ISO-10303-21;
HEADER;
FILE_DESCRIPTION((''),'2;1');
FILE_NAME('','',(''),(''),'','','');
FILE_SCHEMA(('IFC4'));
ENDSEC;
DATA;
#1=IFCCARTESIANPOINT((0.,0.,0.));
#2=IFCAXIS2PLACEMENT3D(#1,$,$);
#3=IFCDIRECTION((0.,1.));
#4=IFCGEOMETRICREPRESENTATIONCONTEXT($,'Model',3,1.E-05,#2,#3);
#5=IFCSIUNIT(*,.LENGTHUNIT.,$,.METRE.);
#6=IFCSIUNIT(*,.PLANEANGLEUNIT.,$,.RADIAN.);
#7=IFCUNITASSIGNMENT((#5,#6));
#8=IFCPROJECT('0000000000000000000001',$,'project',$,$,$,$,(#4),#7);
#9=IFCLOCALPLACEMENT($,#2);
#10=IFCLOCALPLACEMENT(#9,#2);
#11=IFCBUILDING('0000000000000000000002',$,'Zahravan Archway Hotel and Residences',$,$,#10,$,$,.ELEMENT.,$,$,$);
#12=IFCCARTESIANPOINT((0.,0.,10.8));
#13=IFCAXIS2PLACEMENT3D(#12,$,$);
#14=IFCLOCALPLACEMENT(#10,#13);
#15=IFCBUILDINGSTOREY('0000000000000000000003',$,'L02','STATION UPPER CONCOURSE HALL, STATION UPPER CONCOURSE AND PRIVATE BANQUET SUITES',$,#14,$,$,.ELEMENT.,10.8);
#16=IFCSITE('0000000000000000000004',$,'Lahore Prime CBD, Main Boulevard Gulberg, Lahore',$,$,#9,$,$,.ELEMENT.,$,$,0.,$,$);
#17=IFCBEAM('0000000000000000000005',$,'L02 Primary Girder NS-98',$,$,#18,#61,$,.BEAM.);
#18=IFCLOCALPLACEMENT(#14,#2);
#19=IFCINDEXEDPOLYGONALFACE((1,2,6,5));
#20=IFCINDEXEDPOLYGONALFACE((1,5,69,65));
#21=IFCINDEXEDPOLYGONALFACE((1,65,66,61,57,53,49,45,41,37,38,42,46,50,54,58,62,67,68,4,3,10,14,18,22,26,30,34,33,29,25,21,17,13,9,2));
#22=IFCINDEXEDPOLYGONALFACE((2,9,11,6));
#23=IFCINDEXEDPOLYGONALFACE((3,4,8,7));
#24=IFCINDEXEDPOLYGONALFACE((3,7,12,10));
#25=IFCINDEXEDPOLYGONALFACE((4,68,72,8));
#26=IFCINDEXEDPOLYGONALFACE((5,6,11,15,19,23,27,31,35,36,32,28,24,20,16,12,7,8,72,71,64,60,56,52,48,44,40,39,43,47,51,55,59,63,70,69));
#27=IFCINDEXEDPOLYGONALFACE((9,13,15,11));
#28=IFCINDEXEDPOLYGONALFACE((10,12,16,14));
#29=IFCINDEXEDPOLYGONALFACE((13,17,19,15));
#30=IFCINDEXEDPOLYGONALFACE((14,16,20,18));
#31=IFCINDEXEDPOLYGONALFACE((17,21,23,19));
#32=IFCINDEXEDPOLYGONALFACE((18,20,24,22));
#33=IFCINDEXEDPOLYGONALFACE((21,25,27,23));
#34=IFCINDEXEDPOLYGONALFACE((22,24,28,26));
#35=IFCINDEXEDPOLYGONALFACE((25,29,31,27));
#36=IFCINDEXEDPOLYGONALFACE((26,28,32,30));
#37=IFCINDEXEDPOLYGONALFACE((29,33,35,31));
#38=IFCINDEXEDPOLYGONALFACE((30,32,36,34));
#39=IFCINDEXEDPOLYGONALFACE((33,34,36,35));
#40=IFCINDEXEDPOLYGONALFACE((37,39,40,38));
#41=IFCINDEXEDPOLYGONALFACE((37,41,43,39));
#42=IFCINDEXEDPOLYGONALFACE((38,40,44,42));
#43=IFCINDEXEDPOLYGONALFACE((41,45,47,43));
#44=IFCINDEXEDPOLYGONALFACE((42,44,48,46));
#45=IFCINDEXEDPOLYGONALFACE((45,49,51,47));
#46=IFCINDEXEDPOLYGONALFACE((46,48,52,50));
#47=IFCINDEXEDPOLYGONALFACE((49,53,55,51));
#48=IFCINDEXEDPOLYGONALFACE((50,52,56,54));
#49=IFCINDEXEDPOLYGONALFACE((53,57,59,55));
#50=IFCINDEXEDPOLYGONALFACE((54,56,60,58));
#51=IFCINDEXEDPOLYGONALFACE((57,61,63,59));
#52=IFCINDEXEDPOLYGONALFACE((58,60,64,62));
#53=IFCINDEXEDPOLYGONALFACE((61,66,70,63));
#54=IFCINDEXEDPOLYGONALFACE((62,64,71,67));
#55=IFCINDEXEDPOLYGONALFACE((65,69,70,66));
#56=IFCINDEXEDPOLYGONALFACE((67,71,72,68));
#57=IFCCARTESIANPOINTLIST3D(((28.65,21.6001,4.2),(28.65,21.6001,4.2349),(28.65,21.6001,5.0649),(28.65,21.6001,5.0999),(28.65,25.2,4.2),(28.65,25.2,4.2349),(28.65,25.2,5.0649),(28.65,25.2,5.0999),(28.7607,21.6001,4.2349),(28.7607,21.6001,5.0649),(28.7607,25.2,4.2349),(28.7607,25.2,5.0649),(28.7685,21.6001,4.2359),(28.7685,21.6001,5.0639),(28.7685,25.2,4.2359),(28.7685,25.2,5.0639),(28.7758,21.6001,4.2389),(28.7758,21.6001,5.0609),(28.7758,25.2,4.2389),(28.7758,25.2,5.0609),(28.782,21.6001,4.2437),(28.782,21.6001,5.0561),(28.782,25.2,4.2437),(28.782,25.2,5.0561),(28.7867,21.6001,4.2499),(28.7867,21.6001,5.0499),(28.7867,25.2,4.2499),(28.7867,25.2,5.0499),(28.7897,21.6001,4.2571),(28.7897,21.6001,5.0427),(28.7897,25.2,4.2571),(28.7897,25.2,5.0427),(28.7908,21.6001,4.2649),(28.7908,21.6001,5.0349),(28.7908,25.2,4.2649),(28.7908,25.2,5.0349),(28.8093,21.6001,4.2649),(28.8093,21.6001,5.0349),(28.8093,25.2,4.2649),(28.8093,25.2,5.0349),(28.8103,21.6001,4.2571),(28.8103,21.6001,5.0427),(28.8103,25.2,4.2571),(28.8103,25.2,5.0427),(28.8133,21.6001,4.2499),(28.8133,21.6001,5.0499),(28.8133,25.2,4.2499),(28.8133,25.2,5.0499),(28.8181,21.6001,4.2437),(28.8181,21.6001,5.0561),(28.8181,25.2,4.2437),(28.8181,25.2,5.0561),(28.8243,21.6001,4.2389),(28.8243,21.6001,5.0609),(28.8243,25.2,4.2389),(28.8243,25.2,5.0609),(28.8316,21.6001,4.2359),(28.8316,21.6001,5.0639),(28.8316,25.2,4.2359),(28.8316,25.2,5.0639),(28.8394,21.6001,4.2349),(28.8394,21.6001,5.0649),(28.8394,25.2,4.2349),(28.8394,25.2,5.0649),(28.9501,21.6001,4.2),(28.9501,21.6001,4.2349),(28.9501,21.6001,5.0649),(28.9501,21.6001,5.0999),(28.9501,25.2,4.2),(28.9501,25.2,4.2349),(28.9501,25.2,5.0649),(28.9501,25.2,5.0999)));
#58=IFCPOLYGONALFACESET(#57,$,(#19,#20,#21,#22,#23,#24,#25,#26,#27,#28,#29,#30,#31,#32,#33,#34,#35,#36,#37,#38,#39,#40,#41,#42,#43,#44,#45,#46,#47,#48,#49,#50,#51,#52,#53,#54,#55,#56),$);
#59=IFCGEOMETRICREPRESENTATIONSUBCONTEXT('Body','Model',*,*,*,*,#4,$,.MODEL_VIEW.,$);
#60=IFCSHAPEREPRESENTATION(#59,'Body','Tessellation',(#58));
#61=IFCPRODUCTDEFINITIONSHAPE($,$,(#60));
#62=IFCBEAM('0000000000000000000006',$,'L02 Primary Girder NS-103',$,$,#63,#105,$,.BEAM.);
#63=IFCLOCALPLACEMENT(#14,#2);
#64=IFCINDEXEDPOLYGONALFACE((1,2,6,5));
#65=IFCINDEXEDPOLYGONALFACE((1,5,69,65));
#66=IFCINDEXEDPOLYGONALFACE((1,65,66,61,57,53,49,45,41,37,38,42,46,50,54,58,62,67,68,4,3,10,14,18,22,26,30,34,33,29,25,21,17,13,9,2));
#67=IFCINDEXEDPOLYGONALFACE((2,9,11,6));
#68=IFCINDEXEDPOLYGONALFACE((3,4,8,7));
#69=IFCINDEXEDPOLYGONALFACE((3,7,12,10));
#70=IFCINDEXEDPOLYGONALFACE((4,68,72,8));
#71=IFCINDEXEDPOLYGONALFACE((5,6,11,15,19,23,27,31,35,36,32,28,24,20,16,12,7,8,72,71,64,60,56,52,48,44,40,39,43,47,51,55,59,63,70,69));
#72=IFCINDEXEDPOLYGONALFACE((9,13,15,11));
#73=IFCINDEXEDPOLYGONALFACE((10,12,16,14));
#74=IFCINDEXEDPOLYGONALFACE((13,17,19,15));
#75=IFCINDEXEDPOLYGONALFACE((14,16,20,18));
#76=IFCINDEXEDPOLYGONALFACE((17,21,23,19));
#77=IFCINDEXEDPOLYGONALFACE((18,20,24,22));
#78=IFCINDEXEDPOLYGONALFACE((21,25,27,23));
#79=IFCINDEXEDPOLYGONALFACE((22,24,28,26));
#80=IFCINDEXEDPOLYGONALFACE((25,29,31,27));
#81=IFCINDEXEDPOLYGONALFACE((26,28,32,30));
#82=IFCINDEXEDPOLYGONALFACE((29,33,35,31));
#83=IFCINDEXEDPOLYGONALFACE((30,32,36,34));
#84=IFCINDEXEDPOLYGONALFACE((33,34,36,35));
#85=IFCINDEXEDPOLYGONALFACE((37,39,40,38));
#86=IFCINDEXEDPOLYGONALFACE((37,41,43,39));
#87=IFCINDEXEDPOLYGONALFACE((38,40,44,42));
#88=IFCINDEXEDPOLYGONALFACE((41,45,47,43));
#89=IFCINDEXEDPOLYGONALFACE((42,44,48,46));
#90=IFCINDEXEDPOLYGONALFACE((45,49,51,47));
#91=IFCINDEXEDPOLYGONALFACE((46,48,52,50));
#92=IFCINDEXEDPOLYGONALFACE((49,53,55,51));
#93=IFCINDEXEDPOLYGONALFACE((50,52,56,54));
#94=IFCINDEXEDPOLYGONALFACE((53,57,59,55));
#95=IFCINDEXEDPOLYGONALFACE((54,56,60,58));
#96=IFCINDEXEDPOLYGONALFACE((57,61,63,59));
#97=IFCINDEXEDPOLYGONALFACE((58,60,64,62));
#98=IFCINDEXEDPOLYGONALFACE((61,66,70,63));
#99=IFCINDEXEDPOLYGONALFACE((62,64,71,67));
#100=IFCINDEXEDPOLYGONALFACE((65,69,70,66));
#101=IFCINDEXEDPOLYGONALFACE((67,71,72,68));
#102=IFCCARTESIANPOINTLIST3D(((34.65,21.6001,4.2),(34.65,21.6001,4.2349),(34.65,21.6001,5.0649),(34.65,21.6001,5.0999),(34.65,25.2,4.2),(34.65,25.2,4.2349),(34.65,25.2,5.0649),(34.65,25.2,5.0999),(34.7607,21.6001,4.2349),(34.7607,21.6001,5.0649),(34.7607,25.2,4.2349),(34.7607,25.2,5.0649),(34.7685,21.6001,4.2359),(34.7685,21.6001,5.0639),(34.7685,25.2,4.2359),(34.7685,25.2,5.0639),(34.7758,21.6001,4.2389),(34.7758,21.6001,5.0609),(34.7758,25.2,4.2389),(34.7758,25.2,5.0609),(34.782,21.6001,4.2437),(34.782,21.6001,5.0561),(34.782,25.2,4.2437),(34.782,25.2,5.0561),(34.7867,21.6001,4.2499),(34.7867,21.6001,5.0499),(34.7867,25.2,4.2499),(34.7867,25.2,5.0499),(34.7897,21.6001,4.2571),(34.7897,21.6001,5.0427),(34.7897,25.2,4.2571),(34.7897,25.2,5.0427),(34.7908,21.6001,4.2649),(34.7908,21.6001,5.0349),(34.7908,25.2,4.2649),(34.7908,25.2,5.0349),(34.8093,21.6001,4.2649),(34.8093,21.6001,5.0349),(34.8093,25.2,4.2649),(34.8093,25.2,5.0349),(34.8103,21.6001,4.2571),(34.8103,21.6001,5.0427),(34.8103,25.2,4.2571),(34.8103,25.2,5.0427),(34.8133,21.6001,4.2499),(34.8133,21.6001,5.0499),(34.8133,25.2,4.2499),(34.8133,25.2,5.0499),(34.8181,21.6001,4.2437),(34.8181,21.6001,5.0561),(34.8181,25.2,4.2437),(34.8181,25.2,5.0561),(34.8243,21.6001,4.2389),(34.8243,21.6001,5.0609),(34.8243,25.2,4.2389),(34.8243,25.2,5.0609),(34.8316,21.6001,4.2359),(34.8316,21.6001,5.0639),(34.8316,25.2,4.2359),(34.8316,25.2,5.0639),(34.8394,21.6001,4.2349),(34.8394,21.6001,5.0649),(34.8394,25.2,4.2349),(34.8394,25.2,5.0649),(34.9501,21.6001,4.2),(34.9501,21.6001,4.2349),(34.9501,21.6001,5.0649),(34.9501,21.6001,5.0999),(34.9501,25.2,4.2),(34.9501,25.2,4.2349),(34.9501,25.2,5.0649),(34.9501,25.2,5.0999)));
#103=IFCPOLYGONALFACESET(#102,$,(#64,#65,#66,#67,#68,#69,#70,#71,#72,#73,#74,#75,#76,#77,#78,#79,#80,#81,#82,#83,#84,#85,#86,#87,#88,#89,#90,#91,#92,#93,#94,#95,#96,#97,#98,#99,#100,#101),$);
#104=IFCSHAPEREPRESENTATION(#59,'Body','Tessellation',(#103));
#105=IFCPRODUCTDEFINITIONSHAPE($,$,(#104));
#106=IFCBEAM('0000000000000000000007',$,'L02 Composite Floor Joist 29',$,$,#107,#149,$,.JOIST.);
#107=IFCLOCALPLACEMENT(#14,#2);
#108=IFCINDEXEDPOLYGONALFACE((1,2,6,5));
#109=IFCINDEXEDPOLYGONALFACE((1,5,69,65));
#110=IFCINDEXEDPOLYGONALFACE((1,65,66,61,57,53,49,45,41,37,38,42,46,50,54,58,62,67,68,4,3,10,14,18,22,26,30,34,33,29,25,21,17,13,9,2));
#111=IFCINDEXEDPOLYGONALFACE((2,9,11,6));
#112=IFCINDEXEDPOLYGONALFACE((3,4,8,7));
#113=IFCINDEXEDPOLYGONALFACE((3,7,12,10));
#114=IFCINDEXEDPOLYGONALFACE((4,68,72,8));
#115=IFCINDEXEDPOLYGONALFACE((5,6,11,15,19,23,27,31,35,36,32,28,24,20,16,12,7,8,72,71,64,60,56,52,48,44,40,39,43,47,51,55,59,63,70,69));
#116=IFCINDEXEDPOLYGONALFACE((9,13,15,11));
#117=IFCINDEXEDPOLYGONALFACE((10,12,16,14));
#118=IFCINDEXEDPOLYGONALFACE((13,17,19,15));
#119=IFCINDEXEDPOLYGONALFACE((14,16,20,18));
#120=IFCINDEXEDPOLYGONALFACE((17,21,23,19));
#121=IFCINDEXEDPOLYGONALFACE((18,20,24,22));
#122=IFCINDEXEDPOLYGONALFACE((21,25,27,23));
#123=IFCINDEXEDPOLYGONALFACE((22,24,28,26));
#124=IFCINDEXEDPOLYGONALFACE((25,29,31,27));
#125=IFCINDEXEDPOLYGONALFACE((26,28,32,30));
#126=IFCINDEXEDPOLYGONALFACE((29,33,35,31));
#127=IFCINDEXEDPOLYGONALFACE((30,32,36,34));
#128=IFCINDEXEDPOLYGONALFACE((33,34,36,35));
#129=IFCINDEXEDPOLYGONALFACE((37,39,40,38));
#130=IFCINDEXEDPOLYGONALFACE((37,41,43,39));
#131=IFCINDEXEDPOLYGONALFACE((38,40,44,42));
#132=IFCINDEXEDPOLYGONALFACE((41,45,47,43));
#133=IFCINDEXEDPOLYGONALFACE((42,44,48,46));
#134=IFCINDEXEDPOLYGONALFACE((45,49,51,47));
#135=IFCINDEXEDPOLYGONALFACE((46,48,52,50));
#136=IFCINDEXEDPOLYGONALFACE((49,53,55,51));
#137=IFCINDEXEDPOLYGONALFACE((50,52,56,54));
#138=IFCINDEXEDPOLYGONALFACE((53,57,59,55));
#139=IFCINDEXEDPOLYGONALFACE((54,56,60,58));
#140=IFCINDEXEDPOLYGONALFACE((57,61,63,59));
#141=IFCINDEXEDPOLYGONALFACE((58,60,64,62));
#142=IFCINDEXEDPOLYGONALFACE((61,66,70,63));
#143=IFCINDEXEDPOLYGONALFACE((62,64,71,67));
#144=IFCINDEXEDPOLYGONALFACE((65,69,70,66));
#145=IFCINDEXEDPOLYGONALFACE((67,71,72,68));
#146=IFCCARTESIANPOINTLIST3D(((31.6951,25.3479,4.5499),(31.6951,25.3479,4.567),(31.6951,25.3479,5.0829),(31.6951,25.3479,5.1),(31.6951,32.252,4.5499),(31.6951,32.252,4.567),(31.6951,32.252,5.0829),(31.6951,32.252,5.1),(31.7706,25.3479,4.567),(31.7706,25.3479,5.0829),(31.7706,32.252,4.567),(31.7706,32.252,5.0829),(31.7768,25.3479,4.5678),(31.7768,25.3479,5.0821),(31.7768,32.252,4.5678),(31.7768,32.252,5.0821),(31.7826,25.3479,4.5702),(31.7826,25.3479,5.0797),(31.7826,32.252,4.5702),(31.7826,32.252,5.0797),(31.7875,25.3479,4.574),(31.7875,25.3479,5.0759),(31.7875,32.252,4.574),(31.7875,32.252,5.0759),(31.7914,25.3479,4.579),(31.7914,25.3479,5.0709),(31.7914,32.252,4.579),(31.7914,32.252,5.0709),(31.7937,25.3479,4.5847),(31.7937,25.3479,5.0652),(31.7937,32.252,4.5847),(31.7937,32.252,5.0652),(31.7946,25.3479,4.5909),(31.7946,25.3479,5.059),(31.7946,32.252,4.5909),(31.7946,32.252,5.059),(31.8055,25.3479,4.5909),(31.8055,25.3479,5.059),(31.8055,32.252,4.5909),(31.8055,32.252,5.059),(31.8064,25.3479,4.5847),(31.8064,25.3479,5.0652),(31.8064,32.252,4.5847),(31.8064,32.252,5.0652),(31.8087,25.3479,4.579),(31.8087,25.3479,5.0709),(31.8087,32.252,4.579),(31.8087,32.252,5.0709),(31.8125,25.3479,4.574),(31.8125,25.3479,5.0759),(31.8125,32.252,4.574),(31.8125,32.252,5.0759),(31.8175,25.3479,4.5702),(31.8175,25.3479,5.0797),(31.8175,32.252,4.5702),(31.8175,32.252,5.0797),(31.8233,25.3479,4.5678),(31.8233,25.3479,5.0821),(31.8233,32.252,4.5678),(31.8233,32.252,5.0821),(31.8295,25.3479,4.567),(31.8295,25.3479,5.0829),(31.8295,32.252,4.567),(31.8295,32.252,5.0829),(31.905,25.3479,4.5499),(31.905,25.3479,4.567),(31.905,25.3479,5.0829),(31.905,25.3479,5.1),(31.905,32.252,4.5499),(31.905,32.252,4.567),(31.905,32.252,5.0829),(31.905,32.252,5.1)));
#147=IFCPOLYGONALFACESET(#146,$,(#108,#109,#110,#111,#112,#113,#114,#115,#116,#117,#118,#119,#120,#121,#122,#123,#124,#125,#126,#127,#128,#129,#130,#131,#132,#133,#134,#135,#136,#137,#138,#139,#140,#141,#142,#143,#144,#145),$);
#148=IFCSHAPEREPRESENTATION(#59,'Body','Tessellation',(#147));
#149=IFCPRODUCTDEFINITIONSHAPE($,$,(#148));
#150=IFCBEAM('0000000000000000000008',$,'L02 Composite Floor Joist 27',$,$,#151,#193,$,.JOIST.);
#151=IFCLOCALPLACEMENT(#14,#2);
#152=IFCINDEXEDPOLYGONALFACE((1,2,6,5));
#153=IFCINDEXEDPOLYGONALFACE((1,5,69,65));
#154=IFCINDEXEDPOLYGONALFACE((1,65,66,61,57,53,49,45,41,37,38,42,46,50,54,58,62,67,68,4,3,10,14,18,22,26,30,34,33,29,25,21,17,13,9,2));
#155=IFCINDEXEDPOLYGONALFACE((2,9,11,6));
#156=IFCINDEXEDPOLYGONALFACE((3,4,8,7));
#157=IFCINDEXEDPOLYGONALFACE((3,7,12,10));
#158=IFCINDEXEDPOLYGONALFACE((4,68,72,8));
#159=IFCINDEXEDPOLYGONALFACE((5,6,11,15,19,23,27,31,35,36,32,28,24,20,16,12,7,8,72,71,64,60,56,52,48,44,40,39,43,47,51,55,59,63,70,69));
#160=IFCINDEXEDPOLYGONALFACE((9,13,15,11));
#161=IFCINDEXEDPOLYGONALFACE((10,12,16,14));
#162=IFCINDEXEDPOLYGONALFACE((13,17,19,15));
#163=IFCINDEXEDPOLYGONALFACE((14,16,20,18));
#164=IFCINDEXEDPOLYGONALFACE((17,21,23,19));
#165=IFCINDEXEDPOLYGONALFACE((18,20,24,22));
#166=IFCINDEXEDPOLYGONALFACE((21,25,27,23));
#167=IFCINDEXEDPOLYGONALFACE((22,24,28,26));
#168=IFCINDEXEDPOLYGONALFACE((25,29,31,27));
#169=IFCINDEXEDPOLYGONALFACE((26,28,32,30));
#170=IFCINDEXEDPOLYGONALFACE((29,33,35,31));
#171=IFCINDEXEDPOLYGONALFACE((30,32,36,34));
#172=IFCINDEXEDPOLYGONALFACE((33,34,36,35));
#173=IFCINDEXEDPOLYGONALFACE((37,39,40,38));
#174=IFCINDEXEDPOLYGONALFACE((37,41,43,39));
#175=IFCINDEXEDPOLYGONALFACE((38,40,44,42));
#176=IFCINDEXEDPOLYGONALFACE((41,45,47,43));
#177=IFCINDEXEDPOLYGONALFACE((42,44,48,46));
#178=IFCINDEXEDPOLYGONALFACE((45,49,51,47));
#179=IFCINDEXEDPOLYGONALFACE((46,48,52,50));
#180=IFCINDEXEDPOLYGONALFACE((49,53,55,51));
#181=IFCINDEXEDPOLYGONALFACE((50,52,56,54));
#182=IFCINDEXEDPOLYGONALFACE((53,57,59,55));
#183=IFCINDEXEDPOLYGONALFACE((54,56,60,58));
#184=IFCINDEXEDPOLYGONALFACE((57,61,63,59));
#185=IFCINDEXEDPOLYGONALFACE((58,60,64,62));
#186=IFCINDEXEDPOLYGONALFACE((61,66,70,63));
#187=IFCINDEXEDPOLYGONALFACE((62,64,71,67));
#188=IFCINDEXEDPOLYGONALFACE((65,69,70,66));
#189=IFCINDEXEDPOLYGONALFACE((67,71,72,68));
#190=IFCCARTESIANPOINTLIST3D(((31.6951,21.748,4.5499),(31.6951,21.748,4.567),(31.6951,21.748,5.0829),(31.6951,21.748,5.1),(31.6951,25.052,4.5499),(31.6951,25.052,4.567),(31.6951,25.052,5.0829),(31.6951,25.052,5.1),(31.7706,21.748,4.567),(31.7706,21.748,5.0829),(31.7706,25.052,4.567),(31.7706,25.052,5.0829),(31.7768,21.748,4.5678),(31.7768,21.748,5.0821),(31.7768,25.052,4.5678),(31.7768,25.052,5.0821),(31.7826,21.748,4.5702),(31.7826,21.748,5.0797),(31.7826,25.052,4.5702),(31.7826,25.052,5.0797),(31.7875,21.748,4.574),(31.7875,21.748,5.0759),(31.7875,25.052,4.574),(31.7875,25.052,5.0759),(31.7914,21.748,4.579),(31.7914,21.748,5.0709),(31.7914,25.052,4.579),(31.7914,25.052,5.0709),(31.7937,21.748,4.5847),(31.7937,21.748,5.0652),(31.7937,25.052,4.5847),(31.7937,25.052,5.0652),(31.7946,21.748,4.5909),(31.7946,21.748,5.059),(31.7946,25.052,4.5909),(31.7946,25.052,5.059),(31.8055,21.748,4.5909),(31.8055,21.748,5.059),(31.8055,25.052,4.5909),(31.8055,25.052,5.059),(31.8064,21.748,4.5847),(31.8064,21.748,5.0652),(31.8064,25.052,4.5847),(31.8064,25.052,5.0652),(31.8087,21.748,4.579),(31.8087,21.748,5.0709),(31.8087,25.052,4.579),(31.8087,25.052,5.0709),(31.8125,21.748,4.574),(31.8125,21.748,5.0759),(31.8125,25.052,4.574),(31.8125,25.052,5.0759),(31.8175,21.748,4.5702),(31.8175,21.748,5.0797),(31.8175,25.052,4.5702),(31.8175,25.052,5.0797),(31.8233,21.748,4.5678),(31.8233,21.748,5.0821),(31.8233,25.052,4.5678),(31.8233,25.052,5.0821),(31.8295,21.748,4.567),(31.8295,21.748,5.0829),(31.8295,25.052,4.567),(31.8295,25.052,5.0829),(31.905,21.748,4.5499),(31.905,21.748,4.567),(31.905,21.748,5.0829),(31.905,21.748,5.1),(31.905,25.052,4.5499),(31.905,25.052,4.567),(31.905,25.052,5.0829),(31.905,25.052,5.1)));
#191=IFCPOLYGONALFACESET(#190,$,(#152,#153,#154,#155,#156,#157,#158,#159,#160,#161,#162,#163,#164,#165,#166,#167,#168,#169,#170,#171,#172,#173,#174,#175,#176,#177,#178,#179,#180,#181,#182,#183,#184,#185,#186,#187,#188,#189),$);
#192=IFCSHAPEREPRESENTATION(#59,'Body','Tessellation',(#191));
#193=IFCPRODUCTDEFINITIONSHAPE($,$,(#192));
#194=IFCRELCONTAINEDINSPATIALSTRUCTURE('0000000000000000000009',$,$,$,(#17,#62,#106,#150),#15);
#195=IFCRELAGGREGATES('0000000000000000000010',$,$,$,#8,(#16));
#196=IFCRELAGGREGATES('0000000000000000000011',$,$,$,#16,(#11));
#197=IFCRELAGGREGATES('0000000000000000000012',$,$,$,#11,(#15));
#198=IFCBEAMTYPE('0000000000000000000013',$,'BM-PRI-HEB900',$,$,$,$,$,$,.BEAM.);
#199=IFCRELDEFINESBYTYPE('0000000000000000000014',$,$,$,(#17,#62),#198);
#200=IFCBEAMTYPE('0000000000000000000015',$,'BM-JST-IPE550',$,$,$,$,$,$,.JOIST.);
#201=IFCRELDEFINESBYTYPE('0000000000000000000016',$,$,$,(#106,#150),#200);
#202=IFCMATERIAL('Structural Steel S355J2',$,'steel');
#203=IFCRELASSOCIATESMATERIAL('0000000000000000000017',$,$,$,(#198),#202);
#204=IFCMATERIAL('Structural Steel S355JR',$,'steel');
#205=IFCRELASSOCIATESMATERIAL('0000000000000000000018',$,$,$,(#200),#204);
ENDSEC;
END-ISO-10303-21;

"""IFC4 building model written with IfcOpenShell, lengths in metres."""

from ifc_helpers import new_model, si_unit, direction, frame, origin, origin_2d, place, context, subcontext, project, spatial, i_section, extrude, source, transform, mapped, material, material_profile, profile_set, type_object, type_shapes, element, save


model = new_model("IFC4")

# Units and contexts
model_context = context("Model", 3, precision=1e-05, world=origin(), true_north=direction((0.0, 1.0)))
body_context = subcontext(model_context, "Body", "Model", "MODEL_VIEW")
ifc_project = project(units=[si_unit("LENGTHUNIT", "METRE"), si_unit("PLANEANGLEUNIT", "RADIAN")], contexts=[model_context])

# Site, building, storey
site_placement = place(None, origin())
site = spatial("IfcSite", under=ifc_project, at=site_placement, Name="Lahore Prime CBD, Main Boulevard Gulberg, Lahore", CompositionType="ELEMENT", RefElevation=0.0)
building_placement = place(site_placement, origin())
building = spatial("IfcBuilding", under=site, at=building_placement, Name="Zahravan Archway Hotel and Residences", CompositionType="ELEMENT")
storey_placement = place(building_placement, frame((0.0, 0.0, 10.8)))
storey = spatial("IfcBuildingStorey", under=building, at=storey_placement, Name="L02", Description="STATION UPPER CONCOURSE HALL, STATION UPPER CONCOURSE AND PRIVATE BANQUET SUITES", CompositionType="ELEMENT", Elevation=10.8)

# Beams
ifc_material_1 = material(Name="Structural Steel S355J2", Category="steel")
ifc_material_profile_1 = material_profile(ifc_material_1, i_section(OverallWidth=0.3, OverallDepth=0.8999, WebThickness=0.0186, FlangeThickness=0.0349, FilletRadius=0.03, at=origin_2d()), Name="HEB 900", Category="steel")
ifc_profile_set_1 = profile_set([ifc_material_profile_1], Name="Structural Steel S355J2")
beam_type_1 = type_object("IfcBeamType", Name="BM-PRI-HEB900", PredefinedType="BEAM", material=ifc_profile_set_1)
shared_shape_1 = source(origin(), body_context, "Body", "SweptSolid", [
    extrude(i_section(OverallWidth=0.3, OverallDepth=0.8999, WebThickness=0.0186, FlangeThickness=0.0349, FilletRadius=0.03, at=origin_2d()), origin(), (0.0, 0.0, 1.0), 3.5999),
])
for number, where, z_axis, x_axis, name in (
    (1, (28.8, 21.6001, 4.6499), (0.0, 1.0, 0.0), (-1.0, 0.0, 0.0), "L02 Primary Girder NS-98"),
    (2, (34.8, 21.6001, 4.6499), (0.0, 1.0, 0.0), (-1.0, 0.0, 0.0), "L02 Primary Girder NS-103"),
):
    element("IfcBeam", number, at=place(storey_placement, frame(where, z_axis=z_axis, x_axis=x_axis)), inside=storey, type_object=beam_type_1, Name=name, PredefinedType="BEAM", context=body_context, shape_type="MappedRepresentation", body=[
        mapped(shared_shape_1, transform((0.0, 0.0, 0.0), scale=1.0)),
    ])
ifc_material_2 = material(Name="Structural Steel S355JR", Category="steel")
ifc_material_profile_2 = material_profile(ifc_material_2, i_section(OverallWidth=0.21, OverallDepth=0.55, WebThickness=0.011, FlangeThickness=0.0171, FilletRadius=0.0239, at=origin_2d()), Name="IPE 550", Category="steel")
ifc_profile_set_2 = profile_set([ifc_material_profile_2], Name="Structural Steel S355JR")
beam_type_2 = type_object("IfcBeamType", Name="BM-JST-IPE550", PredefinedType="JOIST", material=ifc_profile_set_2)
shared_shape_2 = source(origin(), body_context, "Body", "SweptSolid", [
    extrude(i_section(OverallWidth=0.21, OverallDepth=0.55, WebThickness=0.011, FlangeThickness=0.0171, FilletRadius=0.0239, at=origin_2d()), origin(), (0.0, 0.0, 1.0), 6.9041),
])
type_shapes(beam_type_2, [shared_shape_2])
beam_1_placement = place(storey_placement, frame((31.8, 25.3479, 4.825), z_axis=(0.0, 1.0, 0.0), x_axis=(-1.0, 0.0, 0.0)))
element("IfcBeam", 3, at=beam_1_placement, inside=storey, type_object=beam_type_2, Name="L02 Composite Floor Joist 29", PredefinedType="JOIST", context=body_context, shape_type="MappedRepresentation", body=[
    mapped(shared_shape_2, transform((0.0, 0.0, 0.0), scale=1.0)),
])
shared_shape_3 = source(origin(), body_context, "Body", "SweptSolid", [
    extrude(i_section(OverallWidth=0.21, OverallDepth=0.55, WebThickness=0.011, FlangeThickness=0.0171, FilletRadius=0.0239, at=origin_2d()), origin(), (0.0, 0.0, 1.0), 3.304),
])
beam_2_placement = place(storey_placement, frame((31.8, 21.748, 4.825), z_axis=(0.0, 1.0, 0.0), x_axis=(-1.0, 0.0, 0.0)))
element("IfcBeam", 4, at=beam_2_placement, inside=storey, type_object=beam_type_2, Name="L02 Composite Floor Joist 27", PredefinedType="JOIST", context=body_context, shape_type="MappedRepresentation", body=[
    mapped(shared_shape_3, transform((0.0, 0.0, 0.0), scale=1.0)),
])

save(model, "model.ifc")
